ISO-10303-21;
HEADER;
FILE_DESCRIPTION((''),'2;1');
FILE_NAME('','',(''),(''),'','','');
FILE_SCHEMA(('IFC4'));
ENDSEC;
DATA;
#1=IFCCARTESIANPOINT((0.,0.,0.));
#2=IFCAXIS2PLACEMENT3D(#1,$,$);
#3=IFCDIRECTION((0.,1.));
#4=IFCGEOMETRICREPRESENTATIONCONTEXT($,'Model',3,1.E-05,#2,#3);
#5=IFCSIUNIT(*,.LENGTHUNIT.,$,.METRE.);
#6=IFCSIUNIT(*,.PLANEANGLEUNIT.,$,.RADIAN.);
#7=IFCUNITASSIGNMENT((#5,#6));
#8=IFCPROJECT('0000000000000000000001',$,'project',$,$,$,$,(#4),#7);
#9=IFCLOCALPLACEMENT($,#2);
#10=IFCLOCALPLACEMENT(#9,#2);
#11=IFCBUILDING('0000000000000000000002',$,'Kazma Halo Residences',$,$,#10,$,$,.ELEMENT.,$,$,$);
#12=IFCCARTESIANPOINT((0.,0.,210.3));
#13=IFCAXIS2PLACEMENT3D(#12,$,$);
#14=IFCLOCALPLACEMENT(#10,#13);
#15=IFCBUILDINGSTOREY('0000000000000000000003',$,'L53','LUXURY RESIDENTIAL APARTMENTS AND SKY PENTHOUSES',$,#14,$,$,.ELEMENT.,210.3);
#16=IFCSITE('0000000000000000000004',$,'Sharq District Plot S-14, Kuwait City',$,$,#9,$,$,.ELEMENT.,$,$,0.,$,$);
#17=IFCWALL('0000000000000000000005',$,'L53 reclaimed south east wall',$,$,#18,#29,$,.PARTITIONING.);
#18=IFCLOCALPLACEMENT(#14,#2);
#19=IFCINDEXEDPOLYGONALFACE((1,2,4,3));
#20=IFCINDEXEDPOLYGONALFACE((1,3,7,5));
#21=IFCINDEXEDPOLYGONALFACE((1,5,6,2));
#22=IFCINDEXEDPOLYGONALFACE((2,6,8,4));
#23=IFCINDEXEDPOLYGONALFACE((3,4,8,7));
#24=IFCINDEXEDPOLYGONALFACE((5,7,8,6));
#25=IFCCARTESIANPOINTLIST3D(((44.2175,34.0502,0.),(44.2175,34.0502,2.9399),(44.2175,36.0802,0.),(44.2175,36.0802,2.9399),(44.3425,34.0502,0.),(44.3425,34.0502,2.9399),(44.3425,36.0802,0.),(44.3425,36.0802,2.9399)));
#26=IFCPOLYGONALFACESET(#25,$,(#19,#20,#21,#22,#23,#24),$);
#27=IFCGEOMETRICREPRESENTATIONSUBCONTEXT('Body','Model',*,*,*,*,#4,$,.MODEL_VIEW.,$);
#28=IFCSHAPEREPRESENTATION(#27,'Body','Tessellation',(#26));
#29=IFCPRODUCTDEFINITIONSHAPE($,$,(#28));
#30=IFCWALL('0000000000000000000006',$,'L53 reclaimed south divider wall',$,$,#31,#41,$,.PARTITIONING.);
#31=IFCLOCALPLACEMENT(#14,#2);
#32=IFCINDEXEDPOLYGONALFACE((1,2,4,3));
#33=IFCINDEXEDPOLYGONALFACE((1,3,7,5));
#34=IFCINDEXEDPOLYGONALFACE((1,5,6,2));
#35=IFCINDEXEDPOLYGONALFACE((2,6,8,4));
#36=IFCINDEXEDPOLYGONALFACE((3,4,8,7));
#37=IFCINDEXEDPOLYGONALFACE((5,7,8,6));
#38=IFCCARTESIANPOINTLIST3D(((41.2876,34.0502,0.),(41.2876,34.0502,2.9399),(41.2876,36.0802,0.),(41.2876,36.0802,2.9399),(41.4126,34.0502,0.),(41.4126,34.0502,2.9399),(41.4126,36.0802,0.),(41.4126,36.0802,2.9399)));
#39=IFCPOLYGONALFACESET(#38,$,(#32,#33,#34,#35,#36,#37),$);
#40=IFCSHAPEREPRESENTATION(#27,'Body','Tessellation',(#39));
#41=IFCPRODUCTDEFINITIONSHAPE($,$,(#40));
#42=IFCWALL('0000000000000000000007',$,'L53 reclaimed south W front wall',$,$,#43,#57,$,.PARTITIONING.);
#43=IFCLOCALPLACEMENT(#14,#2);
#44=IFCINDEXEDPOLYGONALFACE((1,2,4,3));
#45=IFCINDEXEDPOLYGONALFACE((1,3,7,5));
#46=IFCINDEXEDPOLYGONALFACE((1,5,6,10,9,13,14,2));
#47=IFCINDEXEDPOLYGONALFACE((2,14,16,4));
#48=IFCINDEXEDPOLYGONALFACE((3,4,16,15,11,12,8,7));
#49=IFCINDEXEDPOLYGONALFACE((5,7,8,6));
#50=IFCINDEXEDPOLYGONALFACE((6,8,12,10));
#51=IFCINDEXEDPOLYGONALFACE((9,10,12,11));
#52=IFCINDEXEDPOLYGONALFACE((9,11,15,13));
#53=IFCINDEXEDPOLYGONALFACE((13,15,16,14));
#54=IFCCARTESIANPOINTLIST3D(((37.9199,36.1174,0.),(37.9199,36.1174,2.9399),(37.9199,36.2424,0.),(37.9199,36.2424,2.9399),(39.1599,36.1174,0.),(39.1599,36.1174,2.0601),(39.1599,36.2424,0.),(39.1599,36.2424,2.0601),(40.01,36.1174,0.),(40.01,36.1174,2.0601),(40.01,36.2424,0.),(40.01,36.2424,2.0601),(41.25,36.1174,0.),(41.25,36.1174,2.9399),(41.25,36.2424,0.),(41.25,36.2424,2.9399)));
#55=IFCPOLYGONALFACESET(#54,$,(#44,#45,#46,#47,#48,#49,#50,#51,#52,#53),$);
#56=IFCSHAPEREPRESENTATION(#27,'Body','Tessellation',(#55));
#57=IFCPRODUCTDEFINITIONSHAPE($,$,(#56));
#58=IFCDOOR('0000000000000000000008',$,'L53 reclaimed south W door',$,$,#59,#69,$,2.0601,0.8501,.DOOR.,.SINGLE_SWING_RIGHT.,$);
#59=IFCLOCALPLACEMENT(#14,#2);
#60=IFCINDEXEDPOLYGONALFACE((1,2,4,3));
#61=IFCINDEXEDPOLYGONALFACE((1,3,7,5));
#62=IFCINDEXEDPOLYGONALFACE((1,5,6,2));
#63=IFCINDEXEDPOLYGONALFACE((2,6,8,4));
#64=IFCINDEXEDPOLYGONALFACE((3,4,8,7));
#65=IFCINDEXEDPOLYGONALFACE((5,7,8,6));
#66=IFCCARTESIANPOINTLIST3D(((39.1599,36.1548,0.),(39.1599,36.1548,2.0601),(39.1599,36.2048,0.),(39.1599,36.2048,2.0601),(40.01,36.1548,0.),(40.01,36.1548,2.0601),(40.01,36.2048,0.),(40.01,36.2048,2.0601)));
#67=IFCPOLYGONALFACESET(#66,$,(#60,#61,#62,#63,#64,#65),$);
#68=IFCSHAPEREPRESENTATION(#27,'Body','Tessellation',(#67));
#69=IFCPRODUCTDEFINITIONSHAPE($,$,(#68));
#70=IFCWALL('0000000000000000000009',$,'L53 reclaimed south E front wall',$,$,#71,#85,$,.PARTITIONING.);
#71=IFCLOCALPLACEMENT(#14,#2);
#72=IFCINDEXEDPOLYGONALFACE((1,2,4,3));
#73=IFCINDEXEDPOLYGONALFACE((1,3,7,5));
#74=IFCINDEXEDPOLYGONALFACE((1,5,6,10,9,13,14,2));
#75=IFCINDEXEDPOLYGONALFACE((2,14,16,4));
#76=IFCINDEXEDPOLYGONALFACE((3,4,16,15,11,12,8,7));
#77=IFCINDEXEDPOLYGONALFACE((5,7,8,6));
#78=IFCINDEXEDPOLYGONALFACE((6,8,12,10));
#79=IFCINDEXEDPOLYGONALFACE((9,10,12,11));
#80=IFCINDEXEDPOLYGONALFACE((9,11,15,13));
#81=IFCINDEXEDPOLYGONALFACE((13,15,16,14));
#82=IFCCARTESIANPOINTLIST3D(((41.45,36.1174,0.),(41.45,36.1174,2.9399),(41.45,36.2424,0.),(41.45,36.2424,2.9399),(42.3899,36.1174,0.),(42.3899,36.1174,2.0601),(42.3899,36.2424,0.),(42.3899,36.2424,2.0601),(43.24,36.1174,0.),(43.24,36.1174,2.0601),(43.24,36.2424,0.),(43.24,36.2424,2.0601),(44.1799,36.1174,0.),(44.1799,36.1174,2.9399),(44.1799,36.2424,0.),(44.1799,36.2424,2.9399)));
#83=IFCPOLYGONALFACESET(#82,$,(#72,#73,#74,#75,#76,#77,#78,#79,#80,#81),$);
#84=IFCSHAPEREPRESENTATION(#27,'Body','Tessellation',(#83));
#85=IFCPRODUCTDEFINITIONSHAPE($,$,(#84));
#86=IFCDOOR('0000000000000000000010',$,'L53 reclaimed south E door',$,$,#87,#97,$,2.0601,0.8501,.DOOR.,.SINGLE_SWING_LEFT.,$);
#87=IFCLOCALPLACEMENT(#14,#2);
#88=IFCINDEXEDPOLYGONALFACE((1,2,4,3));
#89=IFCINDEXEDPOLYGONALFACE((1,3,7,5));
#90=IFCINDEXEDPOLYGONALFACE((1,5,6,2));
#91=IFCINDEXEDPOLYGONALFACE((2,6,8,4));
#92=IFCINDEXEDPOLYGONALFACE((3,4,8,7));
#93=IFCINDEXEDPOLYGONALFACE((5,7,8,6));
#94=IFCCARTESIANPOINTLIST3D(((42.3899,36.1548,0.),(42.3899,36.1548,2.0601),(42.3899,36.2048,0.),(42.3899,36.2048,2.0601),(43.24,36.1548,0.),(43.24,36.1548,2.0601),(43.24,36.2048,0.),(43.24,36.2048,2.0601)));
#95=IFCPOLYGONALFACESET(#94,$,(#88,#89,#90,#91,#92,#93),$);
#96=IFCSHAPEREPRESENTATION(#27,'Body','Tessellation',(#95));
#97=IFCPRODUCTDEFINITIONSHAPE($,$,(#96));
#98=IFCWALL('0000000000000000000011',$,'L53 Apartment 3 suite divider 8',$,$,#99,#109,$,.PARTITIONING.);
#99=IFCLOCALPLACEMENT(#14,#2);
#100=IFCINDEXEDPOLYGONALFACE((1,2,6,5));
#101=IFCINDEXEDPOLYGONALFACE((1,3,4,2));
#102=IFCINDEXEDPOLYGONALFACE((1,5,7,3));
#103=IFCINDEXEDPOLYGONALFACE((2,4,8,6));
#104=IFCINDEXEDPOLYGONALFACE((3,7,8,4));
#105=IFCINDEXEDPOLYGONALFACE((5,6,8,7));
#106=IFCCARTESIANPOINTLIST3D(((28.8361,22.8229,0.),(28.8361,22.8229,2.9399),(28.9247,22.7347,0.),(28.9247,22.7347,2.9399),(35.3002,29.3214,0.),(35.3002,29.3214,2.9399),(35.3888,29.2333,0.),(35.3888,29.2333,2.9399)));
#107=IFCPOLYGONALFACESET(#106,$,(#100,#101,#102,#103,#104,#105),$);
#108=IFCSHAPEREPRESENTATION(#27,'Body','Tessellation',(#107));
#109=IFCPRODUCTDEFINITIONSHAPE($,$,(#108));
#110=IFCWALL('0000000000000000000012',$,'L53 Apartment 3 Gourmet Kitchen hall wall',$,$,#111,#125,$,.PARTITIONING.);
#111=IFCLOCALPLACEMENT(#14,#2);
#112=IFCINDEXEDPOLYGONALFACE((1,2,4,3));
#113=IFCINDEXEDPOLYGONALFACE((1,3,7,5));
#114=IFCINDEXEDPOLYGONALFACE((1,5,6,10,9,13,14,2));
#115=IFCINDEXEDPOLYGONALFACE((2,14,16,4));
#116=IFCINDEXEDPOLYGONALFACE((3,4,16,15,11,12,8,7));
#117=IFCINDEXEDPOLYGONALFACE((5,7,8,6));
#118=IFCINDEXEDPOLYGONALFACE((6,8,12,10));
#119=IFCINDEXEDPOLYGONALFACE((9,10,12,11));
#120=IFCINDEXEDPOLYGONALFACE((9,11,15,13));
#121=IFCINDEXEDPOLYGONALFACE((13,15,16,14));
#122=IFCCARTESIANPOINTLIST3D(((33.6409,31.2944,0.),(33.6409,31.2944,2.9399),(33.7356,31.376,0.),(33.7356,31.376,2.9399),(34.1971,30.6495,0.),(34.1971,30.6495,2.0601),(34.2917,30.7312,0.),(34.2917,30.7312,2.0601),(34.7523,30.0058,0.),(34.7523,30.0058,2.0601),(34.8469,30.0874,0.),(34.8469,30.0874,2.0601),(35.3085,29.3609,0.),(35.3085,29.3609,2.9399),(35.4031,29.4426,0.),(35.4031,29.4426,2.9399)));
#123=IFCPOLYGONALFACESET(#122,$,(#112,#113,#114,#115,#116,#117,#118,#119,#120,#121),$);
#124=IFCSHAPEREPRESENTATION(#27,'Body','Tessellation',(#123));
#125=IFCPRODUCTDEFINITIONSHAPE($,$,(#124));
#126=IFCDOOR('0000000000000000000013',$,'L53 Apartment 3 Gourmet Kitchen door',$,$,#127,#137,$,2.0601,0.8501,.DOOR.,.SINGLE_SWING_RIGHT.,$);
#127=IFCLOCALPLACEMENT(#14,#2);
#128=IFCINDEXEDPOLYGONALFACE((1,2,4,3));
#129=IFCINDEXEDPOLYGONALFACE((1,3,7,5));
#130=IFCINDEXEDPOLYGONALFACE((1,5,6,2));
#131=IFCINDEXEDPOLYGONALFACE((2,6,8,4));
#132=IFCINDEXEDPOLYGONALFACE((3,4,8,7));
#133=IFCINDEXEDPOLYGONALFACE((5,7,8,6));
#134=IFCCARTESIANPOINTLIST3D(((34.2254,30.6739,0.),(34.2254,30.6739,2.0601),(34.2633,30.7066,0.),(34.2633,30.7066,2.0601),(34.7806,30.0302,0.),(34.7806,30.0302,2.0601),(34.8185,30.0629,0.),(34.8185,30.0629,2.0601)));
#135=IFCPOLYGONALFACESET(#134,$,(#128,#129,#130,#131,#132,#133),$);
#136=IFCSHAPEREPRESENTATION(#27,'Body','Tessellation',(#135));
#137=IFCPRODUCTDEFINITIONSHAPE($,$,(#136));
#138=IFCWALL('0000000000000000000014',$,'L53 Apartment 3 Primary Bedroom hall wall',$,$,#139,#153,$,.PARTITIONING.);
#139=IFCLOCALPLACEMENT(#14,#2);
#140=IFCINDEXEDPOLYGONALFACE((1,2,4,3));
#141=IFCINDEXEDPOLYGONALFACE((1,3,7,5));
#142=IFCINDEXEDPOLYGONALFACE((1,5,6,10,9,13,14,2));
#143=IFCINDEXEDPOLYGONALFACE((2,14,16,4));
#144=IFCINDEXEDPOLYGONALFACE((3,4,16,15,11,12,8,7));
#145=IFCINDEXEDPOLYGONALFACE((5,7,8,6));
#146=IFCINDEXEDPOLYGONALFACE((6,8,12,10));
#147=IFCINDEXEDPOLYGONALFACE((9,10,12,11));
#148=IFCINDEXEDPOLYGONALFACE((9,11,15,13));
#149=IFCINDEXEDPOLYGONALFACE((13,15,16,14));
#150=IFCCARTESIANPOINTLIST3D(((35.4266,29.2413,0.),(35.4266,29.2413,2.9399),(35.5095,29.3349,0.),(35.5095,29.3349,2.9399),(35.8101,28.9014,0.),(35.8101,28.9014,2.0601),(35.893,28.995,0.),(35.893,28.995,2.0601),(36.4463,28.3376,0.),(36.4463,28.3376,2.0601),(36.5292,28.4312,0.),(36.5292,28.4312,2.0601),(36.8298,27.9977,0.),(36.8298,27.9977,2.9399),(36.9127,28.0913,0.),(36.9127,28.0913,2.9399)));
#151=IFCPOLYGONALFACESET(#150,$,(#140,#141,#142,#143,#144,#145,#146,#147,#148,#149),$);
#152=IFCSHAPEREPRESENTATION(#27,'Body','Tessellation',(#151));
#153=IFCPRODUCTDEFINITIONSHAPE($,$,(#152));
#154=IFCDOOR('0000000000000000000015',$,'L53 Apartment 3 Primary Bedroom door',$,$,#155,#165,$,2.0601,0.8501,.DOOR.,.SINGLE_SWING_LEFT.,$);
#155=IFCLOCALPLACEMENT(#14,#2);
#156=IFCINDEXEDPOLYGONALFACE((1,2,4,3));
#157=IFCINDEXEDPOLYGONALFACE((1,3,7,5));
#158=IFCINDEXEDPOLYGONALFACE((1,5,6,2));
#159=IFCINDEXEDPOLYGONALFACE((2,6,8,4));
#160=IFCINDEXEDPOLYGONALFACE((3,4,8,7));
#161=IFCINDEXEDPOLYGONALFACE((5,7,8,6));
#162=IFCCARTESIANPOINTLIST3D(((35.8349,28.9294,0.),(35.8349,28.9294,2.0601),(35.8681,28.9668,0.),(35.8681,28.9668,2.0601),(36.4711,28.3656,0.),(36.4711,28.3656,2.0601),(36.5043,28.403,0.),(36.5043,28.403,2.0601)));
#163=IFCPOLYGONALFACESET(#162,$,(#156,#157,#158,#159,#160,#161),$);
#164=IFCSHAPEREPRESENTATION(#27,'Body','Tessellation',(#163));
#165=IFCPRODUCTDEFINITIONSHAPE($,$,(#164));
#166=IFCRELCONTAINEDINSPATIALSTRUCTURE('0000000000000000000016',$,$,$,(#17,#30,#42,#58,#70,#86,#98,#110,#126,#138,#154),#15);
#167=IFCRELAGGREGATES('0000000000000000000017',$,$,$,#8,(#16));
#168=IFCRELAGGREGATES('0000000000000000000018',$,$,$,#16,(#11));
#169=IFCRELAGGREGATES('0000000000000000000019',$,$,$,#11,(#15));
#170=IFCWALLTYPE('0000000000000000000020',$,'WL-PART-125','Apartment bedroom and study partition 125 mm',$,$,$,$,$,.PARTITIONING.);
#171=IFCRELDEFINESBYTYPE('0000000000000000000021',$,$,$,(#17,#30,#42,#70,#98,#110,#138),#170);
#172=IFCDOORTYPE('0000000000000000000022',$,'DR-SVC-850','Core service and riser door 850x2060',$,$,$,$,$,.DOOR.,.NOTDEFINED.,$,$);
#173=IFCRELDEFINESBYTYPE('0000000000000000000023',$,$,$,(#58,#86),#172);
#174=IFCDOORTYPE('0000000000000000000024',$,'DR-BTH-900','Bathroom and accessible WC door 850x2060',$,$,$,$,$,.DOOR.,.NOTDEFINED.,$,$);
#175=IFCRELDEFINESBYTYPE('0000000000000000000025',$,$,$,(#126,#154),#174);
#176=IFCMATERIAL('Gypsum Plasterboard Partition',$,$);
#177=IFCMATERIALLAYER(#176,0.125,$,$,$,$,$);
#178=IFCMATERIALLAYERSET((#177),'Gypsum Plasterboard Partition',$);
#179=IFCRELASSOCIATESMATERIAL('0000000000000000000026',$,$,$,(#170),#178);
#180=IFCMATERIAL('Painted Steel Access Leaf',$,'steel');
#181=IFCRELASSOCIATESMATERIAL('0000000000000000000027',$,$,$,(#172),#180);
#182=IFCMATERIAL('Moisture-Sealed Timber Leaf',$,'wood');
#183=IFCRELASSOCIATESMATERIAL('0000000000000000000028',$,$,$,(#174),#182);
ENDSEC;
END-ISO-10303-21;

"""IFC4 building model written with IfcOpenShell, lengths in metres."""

from ifc_helpers import new_model, si_unit, direction, frame, frame_2d, origin, place, context, subcontext, project, spatial, rectangle, extrude, material, layer, layer_set, type_object, element, fill, save


model = new_model("IFC4")

# Units and contexts
model_context = context("Model", 3, precision=1e-05, world=origin(), true_north=direction((0.0, 1.0)))
body_context = subcontext(model_context, "Body", "Model", "MODEL_VIEW")
ifc_project = project(units=[si_unit("LENGTHUNIT", "METRE"), si_unit("PLANEANGLEUNIT", "RADIAN")], contexts=[model_context])

# Site, building, storey
site_placement = place(None, origin())
site = spatial("IfcSite", under=ifc_project, at=site_placement, Name="Sharq District Plot S-14, Kuwait City", CompositionType="ELEMENT", RefElevation=0.0)
building_placement = place(site_placement, origin())
building = spatial("IfcBuilding", under=site, at=building_placement, Name="Kazma Halo Residences", CompositionType="ELEMENT")
storey_placement = place(building_placement, frame((0.0, 0.0, 210.3)))
storey = spatial("IfcBuildingStorey", under=building, at=storey_placement, Name="L53", Description="LUXURY RESIDENTIAL APARTMENTS AND SKY PENTHOUSES", CompositionType="ELEMENT", Elevation=210.3)

# Walls
ifc_material_1 = material(Name="Gypsum Plasterboard Partition")
ifc_layer_1 = layer(ifc_material_1, 0.125)
ifc_layer_set_1 = layer_set([ifc_layer_1], Name="Gypsum Plasterboard Partition")
wall_type_1 = type_object("IfcWallType", Name="WL-PART-125", Description="Apartment bedroom and study partition 125 mm", PredefinedType="PARTITIONING", material=ifc_layer_set_1)
for number, where, z_axis, x_axis, name in (
    (1, (44.28, 34.05, 0.0), (0.0, 0.0, 1.0), (0.0, 1.0, 0.0), "L53 reclaimed south east wall"),
    (2, (41.3501, 34.05, 0.0), (0.0, 0.0, 1.0), (0.0, 1.0, 0.0), "L53 reclaimed south divider wall"),
):
    element("IfcWall", number, at=place(storey_placement, frame(where, z_axis=z_axis, x_axis=x_axis)), inside=storey, type_object=wall_type_1, Name=name, PredefinedType="PARTITIONING", context=body_context, shape_type="SweptSolid", body=[
        extrude(rectangle(XDim=2.03, YDim=0.125, at=frame_2d((1.0151, 0.0))), origin(), (0.0, 0.0, 1.0), 2.9399),
    ])

# Walls, openings, doors
wall_1_placement = place(storey_placement, frame((37.9199, 36.1799, 0.0), z_axis=(0.0, 0.0, 1.0), x_axis=(1.0, 0.0, 0.0)))
wall_1 = element("IfcWall", 3, at=wall_1_placement, inside=storey, type_object=wall_type_1, Name="L53 reclaimed south W front wall", PredefinedType="PARTITIONING", context=body_context, shape_type="SweptSolid", body=[
    extrude(rectangle(XDim=3.3301, YDim=0.125, at=frame_2d((1.665, 0.0))), origin(), (0.0, 0.0, 1.0), 2.9399),
])
opening_1_placement = place(wall_1_placement, frame((1.24, 0.0, 0.0)))
opening_1 = element("IfcOpeningElement", 4, at=opening_1_placement, cuts=wall_1, PredefinedType="OPENING", context=body_context, shape_type="SweptSolid", body=[
    extrude(rectangle(XDim=0.8501, YDim=2.0601, at=frame_2d((0.425, 1.03))), frame((0.0, 0.0725, 0.0), z_axis=(0.0, -1.0, 0.0), x_axis=(1.0, 0.0, 0.0)), (0.0, 0.0, 1.0), 0.145),
])
ifc_material_2 = material(Name="Painted Steel Access Leaf", Category="steel")
door_type_1 = type_object("IfcDoorType", Name="DR-SVC-850", Description="Core service and riser door 850x2060", OperationType="NOTDEFINED", PredefinedType="DOOR", material=ifc_material_2)
door_1_placement = place(opening_1_placement, origin())
door_1 = element("IfcDoor", 5, at=door_1_placement, inside=storey, type_object=door_type_1, Name="L53 reclaimed south W door", OperationType="SINGLE_SWING_RIGHT", OverallHeight=2.0601, OverallWidth=0.8501, PredefinedType="DOOR", context=body_context, shape_type="SweptSolid", body=[
    extrude(rectangle(XDim=0.8501, YDim=2.0601, at=frame_2d((0.425, 1.03))), frame((0.0, 0.0249, 0.0), z_axis=(0.0, -1.0, 0.0), x_axis=(1.0, 0.0, 0.0)), (0.0, 0.0, 1.0), 0.05),
])
fill(opening_1, door_1)
wall_2_placement = place(storey_placement, frame((41.45, 36.1799, 0.0), z_axis=(0.0, 0.0, 1.0), x_axis=(1.0, 0.0, 0.0)))
wall_2 = element("IfcWall", 6, at=wall_2_placement, inside=storey, type_object=wall_type_1, Name="L53 reclaimed south E front wall", PredefinedType="PARTITIONING", context=body_context, shape_type="SweptSolid", body=[
    extrude(rectangle(XDim=2.73, YDim=0.125, at=frame_2d((1.365, 0.0))), origin(), (0.0, 0.0, 1.0), 2.9399),
])
opening_2_placement = place(wall_2_placement, frame((0.9399, 0.0, 0.0)))
opening_2 = element("IfcOpeningElement", 7, at=opening_2_placement, cuts=wall_2, PredefinedType="OPENING", context=body_context, shape_type="SweptSolid", body=[
    extrude(rectangle(XDim=0.8501, YDim=2.0601, at=frame_2d((0.425, 1.03))), frame((0.0, 0.0725, 0.0), z_axis=(0.0, -1.0, 0.0), x_axis=(1.0, 0.0, 0.0)), (0.0, 0.0, 1.0), 0.145),
])
door_2_placement = place(opening_2_placement, origin())
door_2 = element("IfcDoor", 8, at=door_2_placement, inside=storey, type_object=door_type_1, Name="L53 reclaimed south E door", OperationType="SINGLE_SWING_LEFT", OverallHeight=2.0601, OverallWidth=0.8501, PredefinedType="DOOR", context=body_context, shape_type="SweptSolid", body=[
    extrude(rectangle(XDim=0.8501, YDim=2.0601, at=frame_2d((0.425, 1.03))), frame((0.0, 0.0249, 0.0), z_axis=(0.0, -1.0, 0.0), x_axis=(1.0, 0.0, 0.0)), (0.0, 0.0, 1.0), 0.05),
])
fill(opening_2, door_2)

# Wall
wall_3_placement = place(storey_placement, frame((35.3445, 29.2773, 0.0), z_axis=(0.0, 0.0, 1.0), x_axis=(-0.705226, -0.708982, 0.0)))
element("IfcWall", 9, at=wall_3_placement, inside=storey, type_object=wall_type_1, Name="L53 Apartment 3 suite divider 8", PredefinedType="PARTITIONING", context=body_context, shape_type="SweptSolid", body=[
    extrude(rectangle(XDim=9.166, YDim=0.125, at=frame_2d((4.583, 0.0))), origin(), (0.0, 0.0, 1.0), 2.9399),
])

# Walls, openings, doors
wall_4_placement = place(storey_placement, frame((33.6882, 31.3352, 0.0), z_axis=(0.0, 0.0, 1.0), x_axis=(0.653119, -0.757255, 0.0)))
wall_4 = element("IfcWall", 10, at=wall_4_placement, inside=storey, type_object=wall_type_1, Name="L53 Apartment 3 Gourmet Kitchen hall wall", PredefinedType="PARTITIONING", context=body_context, shape_type="SweptSolid", body=[
    extrude(rectangle(XDim=2.5532, YDim=0.125, at=frame_2d((1.2766, 0.0))), origin(), (0.0, 0.0, 1.0), 2.9399),
])
opening_3_placement = place(wall_4_placement, frame((0.8516, 0.0, 0.0)))
opening_3 = element("IfcOpeningElement", 11, at=opening_3_placement, cuts=wall_4, PredefinedType="OPENING", context=body_context, shape_type="SweptSolid", body=[
    extrude(rectangle(XDim=0.8501, YDim=2.0601, at=frame_2d((0.425, 1.03))), frame((0.0, 0.0725, 0.0), z_axis=(0.0, -1.0, 0.0), x_axis=(1.0, 0.0, 0.0)), (0.0, 0.0, 1.0), 0.145),
])
ifc_material_3 = material(Name="Moisture-Sealed Timber Leaf", Category="wood")
door_type_2 = type_object("IfcDoorType", Name="DR-BTH-900", Description="Bathroom and accessible WC door 850x2060", OperationType="NOTDEFINED", PredefinedType="DOOR", material=ifc_material_3)
door_3_placement = place(opening_3_placement, origin())
door_3 = element("IfcDoor", 12, at=door_3_placement, inside=storey, type_object=door_type_2, Name="L53 Apartment 3 Gourmet Kitchen door", OperationType="SINGLE_SWING_RIGHT", OverallHeight=2.0601, OverallWidth=0.8501, PredefinedType="DOOR", context=body_context, shape_type="SweptSolid", body=[
    extrude(rectangle(XDim=0.8501, YDim=2.0601, at=frame_2d((0.425, 1.03))), frame((0.0, 0.0249, 0.0), z_axis=(0.0, -1.0, 0.0), x_axis=(1.0, 0.0, 0.0)), (0.0, 0.0, 1.0), 0.05),
])
fill(opening_3, door_3)
wall_5_placement = place(storey_placement, frame((35.468, 29.2881, 0.0), z_axis=(0.0, 0.0, 1.0), x_axis=(0.7484, -0.663248, 0.0)))
wall_5 = element("IfcWall", 13, at=wall_5_placement, inside=storey, type_object=wall_type_1, Name="L53 Apartment 3 Primary Bedroom hall wall", PredefinedType="PARTITIONING", context=body_context, shape_type="SweptSolid", body=[
    extrude(rectangle(XDim=1.875, YDim=0.125, at=frame_2d((0.9375, 0.0))), origin(), (0.0, 0.0, 1.0), 2.9399),
])
opening_4_placement = place(wall_5_placement, frame((0.5125, 0.0, 0.0)))
opening_4 = element("IfcOpeningElement", 14, at=opening_4_placement, cuts=wall_5, PredefinedType="OPENING", context=body_context, shape_type="SweptSolid", body=[
    extrude(rectangle(XDim=0.8501, YDim=2.0601, at=frame_2d((0.425, 1.03))), frame((0.0, 0.0725, 0.0), z_axis=(0.0, -1.0, 0.0), x_axis=(1.0, 0.0, 0.0)), (0.0, 0.0, 1.0), 0.145),
])
door_4_placement = place(opening_4_placement, origin())
door_4 = element("IfcDoor", 15, at=door_4_placement, inside=storey, type_object=door_type_2, Name="L53 Apartment 3 Primary Bedroom door", OperationType="SINGLE_SWING_LEFT", OverallHeight=2.0601, OverallWidth=0.8501, PredefinedType="DOOR", context=body_context, shape_type="SweptSolid", body=[
    extrude(rectangle(XDim=0.8501, YDim=2.0601, at=frame_2d((0.425, 1.03))), frame((0.0, 0.0249, 0.0), z_axis=(0.0, -1.0, 0.0), x_axis=(1.0, 0.0, 0.0)), (0.0, 0.0, 1.0), 0.05),
])
fill(opening_4, door_4)

save(model, "model.ifc")
